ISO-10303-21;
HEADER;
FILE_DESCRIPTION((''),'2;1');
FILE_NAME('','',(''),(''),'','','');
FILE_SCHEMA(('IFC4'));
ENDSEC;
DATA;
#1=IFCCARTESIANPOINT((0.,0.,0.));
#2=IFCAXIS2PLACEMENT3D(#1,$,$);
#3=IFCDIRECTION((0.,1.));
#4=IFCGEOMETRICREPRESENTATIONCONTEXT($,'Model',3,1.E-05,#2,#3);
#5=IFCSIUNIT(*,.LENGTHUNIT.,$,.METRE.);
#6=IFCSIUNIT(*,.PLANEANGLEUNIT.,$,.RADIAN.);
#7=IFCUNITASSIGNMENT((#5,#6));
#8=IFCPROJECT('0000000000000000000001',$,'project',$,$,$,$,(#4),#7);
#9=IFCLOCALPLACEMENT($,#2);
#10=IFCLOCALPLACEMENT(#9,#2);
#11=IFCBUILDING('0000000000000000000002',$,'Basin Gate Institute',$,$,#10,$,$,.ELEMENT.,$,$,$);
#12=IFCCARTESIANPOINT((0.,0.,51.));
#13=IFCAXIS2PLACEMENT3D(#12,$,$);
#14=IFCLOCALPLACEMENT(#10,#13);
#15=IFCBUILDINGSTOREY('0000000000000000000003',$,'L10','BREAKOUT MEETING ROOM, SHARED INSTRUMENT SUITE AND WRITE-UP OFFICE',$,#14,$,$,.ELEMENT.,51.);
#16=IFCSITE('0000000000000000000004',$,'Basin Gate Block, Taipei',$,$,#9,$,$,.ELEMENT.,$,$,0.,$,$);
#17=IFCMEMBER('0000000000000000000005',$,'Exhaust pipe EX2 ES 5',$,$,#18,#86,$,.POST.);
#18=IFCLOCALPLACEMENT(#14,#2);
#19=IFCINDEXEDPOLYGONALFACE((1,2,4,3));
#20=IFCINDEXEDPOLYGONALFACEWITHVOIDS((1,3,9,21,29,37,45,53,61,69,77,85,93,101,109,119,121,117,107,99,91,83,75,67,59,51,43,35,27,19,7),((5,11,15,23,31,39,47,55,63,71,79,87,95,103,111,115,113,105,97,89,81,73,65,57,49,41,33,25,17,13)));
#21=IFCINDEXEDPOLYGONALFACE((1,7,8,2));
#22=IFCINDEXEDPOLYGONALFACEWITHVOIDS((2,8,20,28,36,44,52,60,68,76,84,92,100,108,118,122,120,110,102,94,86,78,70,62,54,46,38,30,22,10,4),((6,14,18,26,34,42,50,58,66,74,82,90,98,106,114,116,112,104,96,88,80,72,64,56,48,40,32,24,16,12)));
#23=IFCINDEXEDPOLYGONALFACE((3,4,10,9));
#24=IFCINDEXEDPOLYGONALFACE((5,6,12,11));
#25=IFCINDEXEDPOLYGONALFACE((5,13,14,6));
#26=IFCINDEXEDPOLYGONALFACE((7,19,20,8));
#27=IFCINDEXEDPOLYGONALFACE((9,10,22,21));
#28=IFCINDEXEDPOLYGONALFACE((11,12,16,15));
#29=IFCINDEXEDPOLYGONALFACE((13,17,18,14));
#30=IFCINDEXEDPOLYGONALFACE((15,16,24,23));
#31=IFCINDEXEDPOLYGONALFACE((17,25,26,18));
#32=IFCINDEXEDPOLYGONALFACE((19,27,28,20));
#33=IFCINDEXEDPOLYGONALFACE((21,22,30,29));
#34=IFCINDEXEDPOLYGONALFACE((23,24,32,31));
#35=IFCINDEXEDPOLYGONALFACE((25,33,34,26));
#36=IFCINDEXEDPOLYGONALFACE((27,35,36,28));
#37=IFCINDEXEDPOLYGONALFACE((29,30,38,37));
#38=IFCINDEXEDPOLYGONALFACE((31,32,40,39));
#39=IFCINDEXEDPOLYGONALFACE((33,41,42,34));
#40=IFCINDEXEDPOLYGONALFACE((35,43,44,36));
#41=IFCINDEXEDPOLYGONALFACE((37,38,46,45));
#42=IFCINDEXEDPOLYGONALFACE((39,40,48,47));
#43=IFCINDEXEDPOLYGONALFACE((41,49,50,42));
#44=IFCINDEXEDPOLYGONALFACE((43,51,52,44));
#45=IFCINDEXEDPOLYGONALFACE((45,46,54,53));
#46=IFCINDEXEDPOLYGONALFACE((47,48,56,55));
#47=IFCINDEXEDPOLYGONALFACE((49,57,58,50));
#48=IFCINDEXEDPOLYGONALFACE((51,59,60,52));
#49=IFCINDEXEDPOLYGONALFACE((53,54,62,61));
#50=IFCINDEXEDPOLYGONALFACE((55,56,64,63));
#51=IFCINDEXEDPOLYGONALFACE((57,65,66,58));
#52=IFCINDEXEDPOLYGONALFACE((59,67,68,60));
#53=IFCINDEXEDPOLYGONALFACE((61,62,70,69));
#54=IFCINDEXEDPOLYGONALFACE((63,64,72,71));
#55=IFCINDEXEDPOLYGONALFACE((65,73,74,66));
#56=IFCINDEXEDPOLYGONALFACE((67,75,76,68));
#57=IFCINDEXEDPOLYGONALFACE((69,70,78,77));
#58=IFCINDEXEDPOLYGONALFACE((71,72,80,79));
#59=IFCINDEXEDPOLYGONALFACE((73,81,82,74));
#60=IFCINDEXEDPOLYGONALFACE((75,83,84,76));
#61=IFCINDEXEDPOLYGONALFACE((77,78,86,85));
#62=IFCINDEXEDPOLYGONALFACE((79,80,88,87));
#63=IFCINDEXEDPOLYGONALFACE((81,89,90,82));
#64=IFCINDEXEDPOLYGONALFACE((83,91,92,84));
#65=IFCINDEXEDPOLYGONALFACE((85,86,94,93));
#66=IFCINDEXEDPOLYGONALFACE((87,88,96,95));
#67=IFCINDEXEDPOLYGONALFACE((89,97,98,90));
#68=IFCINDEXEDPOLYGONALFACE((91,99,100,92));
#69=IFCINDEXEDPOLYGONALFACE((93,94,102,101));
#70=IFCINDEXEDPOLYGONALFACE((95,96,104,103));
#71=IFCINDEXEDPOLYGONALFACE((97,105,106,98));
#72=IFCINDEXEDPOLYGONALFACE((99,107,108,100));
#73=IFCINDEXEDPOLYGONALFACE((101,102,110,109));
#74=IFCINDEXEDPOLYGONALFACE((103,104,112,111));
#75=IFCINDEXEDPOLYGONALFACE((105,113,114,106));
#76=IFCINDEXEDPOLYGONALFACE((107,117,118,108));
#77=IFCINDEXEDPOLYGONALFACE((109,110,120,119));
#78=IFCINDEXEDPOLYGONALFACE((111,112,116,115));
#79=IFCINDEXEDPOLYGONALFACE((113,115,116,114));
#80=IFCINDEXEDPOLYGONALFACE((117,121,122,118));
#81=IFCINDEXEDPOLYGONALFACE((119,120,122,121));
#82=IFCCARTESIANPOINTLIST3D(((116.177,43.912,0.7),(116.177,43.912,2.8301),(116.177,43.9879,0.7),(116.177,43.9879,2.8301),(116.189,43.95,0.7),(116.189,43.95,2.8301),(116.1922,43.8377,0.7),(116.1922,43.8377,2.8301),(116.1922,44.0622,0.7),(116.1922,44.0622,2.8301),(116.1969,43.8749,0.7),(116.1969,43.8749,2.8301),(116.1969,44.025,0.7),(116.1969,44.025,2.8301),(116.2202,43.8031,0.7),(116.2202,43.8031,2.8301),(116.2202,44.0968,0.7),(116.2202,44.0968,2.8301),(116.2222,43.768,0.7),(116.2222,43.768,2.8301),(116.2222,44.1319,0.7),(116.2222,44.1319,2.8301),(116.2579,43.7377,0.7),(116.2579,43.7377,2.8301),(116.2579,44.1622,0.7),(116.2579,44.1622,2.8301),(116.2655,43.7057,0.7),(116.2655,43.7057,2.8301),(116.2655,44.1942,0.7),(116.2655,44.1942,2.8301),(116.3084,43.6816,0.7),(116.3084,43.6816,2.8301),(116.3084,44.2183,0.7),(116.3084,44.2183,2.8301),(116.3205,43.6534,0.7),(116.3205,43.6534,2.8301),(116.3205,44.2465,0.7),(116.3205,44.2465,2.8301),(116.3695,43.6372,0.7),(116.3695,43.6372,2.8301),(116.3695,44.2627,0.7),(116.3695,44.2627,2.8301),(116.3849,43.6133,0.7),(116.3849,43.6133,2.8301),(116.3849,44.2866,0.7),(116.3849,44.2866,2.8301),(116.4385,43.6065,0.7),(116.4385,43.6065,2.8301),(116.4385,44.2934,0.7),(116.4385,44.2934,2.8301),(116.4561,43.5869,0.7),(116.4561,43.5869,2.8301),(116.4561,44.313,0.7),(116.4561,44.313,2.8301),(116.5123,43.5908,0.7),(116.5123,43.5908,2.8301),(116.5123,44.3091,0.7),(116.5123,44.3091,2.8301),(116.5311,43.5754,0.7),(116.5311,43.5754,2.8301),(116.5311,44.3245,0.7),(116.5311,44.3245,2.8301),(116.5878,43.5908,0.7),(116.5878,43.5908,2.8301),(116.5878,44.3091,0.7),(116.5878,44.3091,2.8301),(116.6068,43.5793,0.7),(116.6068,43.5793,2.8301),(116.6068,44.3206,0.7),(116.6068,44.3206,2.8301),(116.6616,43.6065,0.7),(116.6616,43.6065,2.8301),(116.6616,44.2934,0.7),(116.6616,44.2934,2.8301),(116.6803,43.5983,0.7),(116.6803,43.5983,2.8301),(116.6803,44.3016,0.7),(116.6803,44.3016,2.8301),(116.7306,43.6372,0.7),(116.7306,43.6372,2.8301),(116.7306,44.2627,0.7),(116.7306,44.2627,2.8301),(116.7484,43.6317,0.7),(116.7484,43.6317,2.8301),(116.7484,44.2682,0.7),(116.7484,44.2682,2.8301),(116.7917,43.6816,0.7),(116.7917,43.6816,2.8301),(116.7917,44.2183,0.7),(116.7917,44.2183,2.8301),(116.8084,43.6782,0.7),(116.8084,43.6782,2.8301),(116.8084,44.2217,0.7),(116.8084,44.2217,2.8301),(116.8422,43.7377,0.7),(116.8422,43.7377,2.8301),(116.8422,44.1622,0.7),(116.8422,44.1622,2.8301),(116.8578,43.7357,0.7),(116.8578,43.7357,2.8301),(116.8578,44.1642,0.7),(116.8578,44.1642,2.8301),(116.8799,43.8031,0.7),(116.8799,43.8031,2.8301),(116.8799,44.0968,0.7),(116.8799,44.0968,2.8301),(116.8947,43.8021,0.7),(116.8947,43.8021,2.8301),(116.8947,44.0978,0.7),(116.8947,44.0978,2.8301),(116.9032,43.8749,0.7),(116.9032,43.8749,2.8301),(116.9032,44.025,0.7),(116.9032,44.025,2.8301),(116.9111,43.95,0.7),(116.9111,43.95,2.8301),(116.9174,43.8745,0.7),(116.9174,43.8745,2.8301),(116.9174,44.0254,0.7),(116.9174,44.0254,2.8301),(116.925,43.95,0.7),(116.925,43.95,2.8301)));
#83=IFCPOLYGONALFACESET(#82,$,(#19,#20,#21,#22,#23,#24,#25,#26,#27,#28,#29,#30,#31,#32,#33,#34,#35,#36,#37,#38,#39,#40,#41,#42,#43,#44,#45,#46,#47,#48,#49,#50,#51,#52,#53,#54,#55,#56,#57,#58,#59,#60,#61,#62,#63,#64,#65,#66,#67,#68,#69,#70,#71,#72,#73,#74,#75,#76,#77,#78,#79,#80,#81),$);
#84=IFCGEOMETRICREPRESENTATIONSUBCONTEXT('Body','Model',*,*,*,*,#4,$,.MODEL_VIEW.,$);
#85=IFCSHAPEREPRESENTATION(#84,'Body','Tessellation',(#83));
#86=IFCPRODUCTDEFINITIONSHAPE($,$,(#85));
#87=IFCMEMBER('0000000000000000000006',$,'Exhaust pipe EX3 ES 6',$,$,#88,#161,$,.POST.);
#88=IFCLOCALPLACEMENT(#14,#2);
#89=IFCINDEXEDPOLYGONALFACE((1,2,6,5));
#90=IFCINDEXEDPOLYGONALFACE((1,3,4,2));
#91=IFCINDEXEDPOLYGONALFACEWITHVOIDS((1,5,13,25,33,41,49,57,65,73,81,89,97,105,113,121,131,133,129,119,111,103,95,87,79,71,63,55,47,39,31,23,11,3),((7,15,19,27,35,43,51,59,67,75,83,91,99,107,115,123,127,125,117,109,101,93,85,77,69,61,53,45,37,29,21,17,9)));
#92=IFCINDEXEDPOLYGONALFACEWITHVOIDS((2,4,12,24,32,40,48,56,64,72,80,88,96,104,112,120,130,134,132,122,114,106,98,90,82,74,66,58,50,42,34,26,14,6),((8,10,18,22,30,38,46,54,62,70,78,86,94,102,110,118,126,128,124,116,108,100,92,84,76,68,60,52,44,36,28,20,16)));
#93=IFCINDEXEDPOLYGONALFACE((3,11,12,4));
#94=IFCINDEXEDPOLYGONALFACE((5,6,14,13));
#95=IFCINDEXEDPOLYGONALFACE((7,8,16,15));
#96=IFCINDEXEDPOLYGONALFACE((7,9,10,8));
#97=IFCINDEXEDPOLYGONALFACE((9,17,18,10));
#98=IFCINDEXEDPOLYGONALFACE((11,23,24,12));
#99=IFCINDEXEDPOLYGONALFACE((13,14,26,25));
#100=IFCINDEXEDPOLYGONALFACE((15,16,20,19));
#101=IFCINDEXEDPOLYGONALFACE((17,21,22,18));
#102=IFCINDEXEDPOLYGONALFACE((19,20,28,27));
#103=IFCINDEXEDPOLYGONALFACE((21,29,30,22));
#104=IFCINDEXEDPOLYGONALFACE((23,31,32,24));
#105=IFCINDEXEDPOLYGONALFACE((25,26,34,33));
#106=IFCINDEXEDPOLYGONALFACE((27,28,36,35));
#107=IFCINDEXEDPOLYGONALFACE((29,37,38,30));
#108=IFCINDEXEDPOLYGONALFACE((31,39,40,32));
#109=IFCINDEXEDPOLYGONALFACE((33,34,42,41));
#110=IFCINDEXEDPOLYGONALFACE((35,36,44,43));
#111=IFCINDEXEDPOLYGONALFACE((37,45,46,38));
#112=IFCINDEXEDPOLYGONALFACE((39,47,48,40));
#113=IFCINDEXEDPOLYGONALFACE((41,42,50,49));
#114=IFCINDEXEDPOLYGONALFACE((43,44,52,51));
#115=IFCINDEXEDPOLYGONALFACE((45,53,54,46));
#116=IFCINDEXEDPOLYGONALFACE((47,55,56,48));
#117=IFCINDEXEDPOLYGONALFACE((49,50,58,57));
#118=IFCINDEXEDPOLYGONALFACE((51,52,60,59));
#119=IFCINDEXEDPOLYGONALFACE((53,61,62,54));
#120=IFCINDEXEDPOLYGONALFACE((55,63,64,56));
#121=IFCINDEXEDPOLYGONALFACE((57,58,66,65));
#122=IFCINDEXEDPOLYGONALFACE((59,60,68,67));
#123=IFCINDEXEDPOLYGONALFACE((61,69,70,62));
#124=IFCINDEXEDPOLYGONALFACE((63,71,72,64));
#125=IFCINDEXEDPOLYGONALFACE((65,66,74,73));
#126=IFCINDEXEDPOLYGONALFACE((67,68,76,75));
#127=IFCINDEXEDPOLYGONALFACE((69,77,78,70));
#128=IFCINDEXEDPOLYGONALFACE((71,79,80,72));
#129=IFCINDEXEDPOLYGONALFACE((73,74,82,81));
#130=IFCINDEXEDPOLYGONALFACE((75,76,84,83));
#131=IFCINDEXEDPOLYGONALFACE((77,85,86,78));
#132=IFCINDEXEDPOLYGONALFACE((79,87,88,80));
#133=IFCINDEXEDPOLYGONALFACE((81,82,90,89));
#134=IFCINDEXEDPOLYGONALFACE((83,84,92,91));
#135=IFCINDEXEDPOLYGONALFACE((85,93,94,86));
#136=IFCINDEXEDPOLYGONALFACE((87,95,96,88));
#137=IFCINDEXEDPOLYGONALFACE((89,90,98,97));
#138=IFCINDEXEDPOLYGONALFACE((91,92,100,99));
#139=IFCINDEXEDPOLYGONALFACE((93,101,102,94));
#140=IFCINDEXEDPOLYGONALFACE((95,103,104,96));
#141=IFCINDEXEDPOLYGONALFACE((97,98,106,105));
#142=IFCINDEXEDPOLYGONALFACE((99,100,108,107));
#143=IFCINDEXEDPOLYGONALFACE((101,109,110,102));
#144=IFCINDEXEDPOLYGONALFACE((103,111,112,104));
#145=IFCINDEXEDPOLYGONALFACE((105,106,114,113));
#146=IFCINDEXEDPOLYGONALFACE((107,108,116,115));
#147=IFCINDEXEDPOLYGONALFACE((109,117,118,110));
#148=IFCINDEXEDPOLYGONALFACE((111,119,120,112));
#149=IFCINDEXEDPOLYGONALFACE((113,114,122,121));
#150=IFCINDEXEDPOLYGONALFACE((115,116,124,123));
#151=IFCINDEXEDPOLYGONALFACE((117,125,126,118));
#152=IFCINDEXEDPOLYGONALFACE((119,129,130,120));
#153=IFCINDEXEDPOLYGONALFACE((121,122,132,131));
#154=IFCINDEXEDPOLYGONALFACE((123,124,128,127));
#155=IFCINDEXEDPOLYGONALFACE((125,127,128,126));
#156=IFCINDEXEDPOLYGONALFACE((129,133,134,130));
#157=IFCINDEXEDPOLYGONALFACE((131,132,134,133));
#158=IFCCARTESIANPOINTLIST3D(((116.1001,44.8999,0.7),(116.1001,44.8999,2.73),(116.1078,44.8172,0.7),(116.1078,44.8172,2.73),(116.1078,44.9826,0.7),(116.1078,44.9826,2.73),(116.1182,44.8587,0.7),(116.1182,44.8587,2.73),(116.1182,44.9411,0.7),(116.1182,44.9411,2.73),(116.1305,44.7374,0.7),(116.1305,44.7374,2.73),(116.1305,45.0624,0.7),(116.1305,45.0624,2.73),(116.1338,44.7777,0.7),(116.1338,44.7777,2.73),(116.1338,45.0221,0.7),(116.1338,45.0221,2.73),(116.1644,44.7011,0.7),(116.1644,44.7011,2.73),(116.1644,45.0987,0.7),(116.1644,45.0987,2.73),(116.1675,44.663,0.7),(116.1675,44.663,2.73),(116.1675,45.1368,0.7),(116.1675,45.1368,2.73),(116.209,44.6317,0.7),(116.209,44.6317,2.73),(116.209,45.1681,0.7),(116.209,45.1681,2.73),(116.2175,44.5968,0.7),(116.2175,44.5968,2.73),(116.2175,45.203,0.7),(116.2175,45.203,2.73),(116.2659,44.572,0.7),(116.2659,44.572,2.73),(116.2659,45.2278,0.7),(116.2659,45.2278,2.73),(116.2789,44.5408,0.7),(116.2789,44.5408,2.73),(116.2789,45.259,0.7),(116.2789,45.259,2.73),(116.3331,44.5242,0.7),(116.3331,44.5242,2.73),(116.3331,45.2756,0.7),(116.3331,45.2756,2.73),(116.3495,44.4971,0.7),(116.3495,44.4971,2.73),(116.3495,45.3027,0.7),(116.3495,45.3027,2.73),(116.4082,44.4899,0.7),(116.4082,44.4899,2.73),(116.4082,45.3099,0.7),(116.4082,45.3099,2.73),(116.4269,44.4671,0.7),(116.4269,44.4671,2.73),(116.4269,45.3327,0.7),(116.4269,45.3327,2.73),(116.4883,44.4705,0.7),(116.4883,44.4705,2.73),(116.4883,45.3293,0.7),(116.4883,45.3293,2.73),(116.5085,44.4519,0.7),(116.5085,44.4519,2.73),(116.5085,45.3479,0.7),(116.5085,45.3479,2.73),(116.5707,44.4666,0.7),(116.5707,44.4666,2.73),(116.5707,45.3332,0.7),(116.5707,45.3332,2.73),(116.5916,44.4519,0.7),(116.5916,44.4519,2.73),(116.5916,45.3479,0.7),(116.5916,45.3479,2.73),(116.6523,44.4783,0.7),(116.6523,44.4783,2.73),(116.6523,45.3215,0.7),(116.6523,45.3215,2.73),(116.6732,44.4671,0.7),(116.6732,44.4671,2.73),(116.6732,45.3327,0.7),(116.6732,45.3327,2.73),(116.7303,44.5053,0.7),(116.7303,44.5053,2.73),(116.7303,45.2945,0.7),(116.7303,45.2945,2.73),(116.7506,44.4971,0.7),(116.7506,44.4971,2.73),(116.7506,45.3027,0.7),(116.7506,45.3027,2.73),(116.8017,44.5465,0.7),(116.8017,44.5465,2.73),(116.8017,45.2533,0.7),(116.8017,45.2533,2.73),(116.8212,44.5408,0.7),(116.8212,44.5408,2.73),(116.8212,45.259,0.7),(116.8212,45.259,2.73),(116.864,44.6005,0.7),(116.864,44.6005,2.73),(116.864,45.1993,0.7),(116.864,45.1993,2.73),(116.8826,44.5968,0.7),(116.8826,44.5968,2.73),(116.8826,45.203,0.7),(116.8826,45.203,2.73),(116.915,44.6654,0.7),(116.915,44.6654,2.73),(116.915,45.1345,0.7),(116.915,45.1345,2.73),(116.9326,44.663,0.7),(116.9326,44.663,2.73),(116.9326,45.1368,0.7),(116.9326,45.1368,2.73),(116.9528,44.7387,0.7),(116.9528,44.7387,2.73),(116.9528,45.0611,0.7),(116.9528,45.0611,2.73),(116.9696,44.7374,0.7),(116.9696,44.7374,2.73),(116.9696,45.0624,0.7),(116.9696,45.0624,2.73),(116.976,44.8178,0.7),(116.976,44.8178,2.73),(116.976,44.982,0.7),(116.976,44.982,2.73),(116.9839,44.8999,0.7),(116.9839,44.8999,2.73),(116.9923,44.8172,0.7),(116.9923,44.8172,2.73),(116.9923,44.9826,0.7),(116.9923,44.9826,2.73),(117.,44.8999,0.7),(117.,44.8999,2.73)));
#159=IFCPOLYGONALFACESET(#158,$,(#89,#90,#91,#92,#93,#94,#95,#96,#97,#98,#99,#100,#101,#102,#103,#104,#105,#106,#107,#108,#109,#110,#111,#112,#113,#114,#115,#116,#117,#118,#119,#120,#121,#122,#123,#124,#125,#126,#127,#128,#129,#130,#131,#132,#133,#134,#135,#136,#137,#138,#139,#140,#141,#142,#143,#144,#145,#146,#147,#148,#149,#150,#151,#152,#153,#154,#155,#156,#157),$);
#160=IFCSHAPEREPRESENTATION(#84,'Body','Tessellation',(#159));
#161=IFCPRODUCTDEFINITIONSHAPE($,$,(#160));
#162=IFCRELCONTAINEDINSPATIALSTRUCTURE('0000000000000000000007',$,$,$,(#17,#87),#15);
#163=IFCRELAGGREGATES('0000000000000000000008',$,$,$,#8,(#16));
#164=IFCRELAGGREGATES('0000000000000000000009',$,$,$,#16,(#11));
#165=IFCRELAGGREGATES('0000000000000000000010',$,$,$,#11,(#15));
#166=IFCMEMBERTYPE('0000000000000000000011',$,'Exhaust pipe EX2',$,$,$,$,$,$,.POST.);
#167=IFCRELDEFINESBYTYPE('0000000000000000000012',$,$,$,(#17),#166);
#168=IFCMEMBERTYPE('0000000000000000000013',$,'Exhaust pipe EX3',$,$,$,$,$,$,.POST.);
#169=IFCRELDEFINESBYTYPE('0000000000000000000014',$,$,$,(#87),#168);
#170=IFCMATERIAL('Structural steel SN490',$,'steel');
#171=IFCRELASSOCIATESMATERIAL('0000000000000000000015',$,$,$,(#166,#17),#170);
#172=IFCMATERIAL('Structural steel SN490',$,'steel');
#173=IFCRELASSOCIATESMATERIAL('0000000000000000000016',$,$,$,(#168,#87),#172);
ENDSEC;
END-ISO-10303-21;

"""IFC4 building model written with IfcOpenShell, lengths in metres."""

from ifc_helpers import new_model, si_unit, direction, frame, origin, origin_2d, place, context, subcontext, project, spatial, hollow_circle, extrude, material, material_profile, profile_set, type_object, element, save


model = new_model("IFC4")

# Units and contexts
model_context = context("Model", 3, precision=1e-05, world=origin(), true_north=direction((0.0, 1.0)))
body_context = subcontext(model_context, "Body", "Model", "MODEL_VIEW")
ifc_project = project(units=[si_unit("LENGTHUNIT", "METRE"), si_unit("PLANEANGLEUNIT", "RADIAN")], contexts=[model_context])

# Site, building, storey
site_placement = place(None, origin())
site = spatial("IfcSite", under=ifc_project, at=site_placement, Name="Basin Gate Block, Taipei", CompositionType="ELEMENT", RefElevation=0.0)
building_placement = place(site_placement, origin())
building = spatial("IfcBuilding", under=site, at=building_placement, Name="Basin Gate Institute", CompositionType="ELEMENT")
storey_placement = place(building_placement, frame((0.0, 0.0, 51.0)))
storey = spatial("IfcBuildingStorey", under=building, at=storey_placement, Name="L10", Description="BREAKOUT MEETING ROOM, SHARED INSTRUMENT SUITE AND WRITE-UP OFFICE", CompositionType="ELEMENT", Elevation=51.0)

# Members
ifc_material_1 = material(Name="Structural steel SN490", Category="steel")
ifc_material_profile_1 = material_profile(ifc_material_1, hollow_circle(Radius=0.375, WallThickness=0.0139, at=origin_2d()), Name="CHS750x14")
ifc_profile_set_1 = profile_set([ifc_material_profile_1], Name="Structural steel SN490")
member_type_1 = type_object("IfcMemberType", Name="Exhaust pipe EX2", PredefinedType="POST", material=ifc_profile_set_1)
member_1_placement = place(storey_placement, frame((116.55, 43.95, 0.7), z_axis=(0.0, 0.0, 1.0), x_axis=(1.0, 0.0, 0.0)))
element("IfcMember", 1, at=member_1_placement, inside=storey, type_object=member_type_1, material=ifc_profile_set_1, Name="Exhaust pipe EX2 ES 5", PredefinedType="POST", context=body_context, shape_type="SweptSolid", body=[
    extrude(hollow_circle(Radius=0.375, WallThickness=0.0139, at=origin_2d()), origin(), (0.0, 0.0, 1.0), 2.1301),
])
ifc_material_2 = material(Name="Structural steel SN490", Category="steel")
ifc_material_profile_2 = material_profile(ifc_material_2, hollow_circle(Radius=0.45, WallThickness=0.0161, at=origin_2d()), Name="CHS900x16")
ifc_profile_set_2 = profile_set([ifc_material_profile_2], Name="Structural steel SN490")
member_type_2 = type_object("IfcMemberType", Name="Exhaust pipe EX3", PredefinedType="POST", material=ifc_profile_set_2)
member_2_placement = place(storey_placement, frame((116.55, 44.8999, 0.7), z_axis=(0.0, 0.0, 1.0), x_axis=(1.0, 0.0, 0.0)))
element("IfcMember", 2, at=member_2_placement, inside=storey, type_object=member_type_2, material=ifc_profile_set_2, Name="Exhaust pipe EX3 ES 6", PredefinedType="POST", context=body_context, shape_type="SweptSolid", body=[
    extrude(hollow_circle(Radius=0.45, WallThickness=0.0161, at=origin_2d()), origin(), (0.0, 0.0, 1.0), 2.03),
])

save(model, "model.ifc")
